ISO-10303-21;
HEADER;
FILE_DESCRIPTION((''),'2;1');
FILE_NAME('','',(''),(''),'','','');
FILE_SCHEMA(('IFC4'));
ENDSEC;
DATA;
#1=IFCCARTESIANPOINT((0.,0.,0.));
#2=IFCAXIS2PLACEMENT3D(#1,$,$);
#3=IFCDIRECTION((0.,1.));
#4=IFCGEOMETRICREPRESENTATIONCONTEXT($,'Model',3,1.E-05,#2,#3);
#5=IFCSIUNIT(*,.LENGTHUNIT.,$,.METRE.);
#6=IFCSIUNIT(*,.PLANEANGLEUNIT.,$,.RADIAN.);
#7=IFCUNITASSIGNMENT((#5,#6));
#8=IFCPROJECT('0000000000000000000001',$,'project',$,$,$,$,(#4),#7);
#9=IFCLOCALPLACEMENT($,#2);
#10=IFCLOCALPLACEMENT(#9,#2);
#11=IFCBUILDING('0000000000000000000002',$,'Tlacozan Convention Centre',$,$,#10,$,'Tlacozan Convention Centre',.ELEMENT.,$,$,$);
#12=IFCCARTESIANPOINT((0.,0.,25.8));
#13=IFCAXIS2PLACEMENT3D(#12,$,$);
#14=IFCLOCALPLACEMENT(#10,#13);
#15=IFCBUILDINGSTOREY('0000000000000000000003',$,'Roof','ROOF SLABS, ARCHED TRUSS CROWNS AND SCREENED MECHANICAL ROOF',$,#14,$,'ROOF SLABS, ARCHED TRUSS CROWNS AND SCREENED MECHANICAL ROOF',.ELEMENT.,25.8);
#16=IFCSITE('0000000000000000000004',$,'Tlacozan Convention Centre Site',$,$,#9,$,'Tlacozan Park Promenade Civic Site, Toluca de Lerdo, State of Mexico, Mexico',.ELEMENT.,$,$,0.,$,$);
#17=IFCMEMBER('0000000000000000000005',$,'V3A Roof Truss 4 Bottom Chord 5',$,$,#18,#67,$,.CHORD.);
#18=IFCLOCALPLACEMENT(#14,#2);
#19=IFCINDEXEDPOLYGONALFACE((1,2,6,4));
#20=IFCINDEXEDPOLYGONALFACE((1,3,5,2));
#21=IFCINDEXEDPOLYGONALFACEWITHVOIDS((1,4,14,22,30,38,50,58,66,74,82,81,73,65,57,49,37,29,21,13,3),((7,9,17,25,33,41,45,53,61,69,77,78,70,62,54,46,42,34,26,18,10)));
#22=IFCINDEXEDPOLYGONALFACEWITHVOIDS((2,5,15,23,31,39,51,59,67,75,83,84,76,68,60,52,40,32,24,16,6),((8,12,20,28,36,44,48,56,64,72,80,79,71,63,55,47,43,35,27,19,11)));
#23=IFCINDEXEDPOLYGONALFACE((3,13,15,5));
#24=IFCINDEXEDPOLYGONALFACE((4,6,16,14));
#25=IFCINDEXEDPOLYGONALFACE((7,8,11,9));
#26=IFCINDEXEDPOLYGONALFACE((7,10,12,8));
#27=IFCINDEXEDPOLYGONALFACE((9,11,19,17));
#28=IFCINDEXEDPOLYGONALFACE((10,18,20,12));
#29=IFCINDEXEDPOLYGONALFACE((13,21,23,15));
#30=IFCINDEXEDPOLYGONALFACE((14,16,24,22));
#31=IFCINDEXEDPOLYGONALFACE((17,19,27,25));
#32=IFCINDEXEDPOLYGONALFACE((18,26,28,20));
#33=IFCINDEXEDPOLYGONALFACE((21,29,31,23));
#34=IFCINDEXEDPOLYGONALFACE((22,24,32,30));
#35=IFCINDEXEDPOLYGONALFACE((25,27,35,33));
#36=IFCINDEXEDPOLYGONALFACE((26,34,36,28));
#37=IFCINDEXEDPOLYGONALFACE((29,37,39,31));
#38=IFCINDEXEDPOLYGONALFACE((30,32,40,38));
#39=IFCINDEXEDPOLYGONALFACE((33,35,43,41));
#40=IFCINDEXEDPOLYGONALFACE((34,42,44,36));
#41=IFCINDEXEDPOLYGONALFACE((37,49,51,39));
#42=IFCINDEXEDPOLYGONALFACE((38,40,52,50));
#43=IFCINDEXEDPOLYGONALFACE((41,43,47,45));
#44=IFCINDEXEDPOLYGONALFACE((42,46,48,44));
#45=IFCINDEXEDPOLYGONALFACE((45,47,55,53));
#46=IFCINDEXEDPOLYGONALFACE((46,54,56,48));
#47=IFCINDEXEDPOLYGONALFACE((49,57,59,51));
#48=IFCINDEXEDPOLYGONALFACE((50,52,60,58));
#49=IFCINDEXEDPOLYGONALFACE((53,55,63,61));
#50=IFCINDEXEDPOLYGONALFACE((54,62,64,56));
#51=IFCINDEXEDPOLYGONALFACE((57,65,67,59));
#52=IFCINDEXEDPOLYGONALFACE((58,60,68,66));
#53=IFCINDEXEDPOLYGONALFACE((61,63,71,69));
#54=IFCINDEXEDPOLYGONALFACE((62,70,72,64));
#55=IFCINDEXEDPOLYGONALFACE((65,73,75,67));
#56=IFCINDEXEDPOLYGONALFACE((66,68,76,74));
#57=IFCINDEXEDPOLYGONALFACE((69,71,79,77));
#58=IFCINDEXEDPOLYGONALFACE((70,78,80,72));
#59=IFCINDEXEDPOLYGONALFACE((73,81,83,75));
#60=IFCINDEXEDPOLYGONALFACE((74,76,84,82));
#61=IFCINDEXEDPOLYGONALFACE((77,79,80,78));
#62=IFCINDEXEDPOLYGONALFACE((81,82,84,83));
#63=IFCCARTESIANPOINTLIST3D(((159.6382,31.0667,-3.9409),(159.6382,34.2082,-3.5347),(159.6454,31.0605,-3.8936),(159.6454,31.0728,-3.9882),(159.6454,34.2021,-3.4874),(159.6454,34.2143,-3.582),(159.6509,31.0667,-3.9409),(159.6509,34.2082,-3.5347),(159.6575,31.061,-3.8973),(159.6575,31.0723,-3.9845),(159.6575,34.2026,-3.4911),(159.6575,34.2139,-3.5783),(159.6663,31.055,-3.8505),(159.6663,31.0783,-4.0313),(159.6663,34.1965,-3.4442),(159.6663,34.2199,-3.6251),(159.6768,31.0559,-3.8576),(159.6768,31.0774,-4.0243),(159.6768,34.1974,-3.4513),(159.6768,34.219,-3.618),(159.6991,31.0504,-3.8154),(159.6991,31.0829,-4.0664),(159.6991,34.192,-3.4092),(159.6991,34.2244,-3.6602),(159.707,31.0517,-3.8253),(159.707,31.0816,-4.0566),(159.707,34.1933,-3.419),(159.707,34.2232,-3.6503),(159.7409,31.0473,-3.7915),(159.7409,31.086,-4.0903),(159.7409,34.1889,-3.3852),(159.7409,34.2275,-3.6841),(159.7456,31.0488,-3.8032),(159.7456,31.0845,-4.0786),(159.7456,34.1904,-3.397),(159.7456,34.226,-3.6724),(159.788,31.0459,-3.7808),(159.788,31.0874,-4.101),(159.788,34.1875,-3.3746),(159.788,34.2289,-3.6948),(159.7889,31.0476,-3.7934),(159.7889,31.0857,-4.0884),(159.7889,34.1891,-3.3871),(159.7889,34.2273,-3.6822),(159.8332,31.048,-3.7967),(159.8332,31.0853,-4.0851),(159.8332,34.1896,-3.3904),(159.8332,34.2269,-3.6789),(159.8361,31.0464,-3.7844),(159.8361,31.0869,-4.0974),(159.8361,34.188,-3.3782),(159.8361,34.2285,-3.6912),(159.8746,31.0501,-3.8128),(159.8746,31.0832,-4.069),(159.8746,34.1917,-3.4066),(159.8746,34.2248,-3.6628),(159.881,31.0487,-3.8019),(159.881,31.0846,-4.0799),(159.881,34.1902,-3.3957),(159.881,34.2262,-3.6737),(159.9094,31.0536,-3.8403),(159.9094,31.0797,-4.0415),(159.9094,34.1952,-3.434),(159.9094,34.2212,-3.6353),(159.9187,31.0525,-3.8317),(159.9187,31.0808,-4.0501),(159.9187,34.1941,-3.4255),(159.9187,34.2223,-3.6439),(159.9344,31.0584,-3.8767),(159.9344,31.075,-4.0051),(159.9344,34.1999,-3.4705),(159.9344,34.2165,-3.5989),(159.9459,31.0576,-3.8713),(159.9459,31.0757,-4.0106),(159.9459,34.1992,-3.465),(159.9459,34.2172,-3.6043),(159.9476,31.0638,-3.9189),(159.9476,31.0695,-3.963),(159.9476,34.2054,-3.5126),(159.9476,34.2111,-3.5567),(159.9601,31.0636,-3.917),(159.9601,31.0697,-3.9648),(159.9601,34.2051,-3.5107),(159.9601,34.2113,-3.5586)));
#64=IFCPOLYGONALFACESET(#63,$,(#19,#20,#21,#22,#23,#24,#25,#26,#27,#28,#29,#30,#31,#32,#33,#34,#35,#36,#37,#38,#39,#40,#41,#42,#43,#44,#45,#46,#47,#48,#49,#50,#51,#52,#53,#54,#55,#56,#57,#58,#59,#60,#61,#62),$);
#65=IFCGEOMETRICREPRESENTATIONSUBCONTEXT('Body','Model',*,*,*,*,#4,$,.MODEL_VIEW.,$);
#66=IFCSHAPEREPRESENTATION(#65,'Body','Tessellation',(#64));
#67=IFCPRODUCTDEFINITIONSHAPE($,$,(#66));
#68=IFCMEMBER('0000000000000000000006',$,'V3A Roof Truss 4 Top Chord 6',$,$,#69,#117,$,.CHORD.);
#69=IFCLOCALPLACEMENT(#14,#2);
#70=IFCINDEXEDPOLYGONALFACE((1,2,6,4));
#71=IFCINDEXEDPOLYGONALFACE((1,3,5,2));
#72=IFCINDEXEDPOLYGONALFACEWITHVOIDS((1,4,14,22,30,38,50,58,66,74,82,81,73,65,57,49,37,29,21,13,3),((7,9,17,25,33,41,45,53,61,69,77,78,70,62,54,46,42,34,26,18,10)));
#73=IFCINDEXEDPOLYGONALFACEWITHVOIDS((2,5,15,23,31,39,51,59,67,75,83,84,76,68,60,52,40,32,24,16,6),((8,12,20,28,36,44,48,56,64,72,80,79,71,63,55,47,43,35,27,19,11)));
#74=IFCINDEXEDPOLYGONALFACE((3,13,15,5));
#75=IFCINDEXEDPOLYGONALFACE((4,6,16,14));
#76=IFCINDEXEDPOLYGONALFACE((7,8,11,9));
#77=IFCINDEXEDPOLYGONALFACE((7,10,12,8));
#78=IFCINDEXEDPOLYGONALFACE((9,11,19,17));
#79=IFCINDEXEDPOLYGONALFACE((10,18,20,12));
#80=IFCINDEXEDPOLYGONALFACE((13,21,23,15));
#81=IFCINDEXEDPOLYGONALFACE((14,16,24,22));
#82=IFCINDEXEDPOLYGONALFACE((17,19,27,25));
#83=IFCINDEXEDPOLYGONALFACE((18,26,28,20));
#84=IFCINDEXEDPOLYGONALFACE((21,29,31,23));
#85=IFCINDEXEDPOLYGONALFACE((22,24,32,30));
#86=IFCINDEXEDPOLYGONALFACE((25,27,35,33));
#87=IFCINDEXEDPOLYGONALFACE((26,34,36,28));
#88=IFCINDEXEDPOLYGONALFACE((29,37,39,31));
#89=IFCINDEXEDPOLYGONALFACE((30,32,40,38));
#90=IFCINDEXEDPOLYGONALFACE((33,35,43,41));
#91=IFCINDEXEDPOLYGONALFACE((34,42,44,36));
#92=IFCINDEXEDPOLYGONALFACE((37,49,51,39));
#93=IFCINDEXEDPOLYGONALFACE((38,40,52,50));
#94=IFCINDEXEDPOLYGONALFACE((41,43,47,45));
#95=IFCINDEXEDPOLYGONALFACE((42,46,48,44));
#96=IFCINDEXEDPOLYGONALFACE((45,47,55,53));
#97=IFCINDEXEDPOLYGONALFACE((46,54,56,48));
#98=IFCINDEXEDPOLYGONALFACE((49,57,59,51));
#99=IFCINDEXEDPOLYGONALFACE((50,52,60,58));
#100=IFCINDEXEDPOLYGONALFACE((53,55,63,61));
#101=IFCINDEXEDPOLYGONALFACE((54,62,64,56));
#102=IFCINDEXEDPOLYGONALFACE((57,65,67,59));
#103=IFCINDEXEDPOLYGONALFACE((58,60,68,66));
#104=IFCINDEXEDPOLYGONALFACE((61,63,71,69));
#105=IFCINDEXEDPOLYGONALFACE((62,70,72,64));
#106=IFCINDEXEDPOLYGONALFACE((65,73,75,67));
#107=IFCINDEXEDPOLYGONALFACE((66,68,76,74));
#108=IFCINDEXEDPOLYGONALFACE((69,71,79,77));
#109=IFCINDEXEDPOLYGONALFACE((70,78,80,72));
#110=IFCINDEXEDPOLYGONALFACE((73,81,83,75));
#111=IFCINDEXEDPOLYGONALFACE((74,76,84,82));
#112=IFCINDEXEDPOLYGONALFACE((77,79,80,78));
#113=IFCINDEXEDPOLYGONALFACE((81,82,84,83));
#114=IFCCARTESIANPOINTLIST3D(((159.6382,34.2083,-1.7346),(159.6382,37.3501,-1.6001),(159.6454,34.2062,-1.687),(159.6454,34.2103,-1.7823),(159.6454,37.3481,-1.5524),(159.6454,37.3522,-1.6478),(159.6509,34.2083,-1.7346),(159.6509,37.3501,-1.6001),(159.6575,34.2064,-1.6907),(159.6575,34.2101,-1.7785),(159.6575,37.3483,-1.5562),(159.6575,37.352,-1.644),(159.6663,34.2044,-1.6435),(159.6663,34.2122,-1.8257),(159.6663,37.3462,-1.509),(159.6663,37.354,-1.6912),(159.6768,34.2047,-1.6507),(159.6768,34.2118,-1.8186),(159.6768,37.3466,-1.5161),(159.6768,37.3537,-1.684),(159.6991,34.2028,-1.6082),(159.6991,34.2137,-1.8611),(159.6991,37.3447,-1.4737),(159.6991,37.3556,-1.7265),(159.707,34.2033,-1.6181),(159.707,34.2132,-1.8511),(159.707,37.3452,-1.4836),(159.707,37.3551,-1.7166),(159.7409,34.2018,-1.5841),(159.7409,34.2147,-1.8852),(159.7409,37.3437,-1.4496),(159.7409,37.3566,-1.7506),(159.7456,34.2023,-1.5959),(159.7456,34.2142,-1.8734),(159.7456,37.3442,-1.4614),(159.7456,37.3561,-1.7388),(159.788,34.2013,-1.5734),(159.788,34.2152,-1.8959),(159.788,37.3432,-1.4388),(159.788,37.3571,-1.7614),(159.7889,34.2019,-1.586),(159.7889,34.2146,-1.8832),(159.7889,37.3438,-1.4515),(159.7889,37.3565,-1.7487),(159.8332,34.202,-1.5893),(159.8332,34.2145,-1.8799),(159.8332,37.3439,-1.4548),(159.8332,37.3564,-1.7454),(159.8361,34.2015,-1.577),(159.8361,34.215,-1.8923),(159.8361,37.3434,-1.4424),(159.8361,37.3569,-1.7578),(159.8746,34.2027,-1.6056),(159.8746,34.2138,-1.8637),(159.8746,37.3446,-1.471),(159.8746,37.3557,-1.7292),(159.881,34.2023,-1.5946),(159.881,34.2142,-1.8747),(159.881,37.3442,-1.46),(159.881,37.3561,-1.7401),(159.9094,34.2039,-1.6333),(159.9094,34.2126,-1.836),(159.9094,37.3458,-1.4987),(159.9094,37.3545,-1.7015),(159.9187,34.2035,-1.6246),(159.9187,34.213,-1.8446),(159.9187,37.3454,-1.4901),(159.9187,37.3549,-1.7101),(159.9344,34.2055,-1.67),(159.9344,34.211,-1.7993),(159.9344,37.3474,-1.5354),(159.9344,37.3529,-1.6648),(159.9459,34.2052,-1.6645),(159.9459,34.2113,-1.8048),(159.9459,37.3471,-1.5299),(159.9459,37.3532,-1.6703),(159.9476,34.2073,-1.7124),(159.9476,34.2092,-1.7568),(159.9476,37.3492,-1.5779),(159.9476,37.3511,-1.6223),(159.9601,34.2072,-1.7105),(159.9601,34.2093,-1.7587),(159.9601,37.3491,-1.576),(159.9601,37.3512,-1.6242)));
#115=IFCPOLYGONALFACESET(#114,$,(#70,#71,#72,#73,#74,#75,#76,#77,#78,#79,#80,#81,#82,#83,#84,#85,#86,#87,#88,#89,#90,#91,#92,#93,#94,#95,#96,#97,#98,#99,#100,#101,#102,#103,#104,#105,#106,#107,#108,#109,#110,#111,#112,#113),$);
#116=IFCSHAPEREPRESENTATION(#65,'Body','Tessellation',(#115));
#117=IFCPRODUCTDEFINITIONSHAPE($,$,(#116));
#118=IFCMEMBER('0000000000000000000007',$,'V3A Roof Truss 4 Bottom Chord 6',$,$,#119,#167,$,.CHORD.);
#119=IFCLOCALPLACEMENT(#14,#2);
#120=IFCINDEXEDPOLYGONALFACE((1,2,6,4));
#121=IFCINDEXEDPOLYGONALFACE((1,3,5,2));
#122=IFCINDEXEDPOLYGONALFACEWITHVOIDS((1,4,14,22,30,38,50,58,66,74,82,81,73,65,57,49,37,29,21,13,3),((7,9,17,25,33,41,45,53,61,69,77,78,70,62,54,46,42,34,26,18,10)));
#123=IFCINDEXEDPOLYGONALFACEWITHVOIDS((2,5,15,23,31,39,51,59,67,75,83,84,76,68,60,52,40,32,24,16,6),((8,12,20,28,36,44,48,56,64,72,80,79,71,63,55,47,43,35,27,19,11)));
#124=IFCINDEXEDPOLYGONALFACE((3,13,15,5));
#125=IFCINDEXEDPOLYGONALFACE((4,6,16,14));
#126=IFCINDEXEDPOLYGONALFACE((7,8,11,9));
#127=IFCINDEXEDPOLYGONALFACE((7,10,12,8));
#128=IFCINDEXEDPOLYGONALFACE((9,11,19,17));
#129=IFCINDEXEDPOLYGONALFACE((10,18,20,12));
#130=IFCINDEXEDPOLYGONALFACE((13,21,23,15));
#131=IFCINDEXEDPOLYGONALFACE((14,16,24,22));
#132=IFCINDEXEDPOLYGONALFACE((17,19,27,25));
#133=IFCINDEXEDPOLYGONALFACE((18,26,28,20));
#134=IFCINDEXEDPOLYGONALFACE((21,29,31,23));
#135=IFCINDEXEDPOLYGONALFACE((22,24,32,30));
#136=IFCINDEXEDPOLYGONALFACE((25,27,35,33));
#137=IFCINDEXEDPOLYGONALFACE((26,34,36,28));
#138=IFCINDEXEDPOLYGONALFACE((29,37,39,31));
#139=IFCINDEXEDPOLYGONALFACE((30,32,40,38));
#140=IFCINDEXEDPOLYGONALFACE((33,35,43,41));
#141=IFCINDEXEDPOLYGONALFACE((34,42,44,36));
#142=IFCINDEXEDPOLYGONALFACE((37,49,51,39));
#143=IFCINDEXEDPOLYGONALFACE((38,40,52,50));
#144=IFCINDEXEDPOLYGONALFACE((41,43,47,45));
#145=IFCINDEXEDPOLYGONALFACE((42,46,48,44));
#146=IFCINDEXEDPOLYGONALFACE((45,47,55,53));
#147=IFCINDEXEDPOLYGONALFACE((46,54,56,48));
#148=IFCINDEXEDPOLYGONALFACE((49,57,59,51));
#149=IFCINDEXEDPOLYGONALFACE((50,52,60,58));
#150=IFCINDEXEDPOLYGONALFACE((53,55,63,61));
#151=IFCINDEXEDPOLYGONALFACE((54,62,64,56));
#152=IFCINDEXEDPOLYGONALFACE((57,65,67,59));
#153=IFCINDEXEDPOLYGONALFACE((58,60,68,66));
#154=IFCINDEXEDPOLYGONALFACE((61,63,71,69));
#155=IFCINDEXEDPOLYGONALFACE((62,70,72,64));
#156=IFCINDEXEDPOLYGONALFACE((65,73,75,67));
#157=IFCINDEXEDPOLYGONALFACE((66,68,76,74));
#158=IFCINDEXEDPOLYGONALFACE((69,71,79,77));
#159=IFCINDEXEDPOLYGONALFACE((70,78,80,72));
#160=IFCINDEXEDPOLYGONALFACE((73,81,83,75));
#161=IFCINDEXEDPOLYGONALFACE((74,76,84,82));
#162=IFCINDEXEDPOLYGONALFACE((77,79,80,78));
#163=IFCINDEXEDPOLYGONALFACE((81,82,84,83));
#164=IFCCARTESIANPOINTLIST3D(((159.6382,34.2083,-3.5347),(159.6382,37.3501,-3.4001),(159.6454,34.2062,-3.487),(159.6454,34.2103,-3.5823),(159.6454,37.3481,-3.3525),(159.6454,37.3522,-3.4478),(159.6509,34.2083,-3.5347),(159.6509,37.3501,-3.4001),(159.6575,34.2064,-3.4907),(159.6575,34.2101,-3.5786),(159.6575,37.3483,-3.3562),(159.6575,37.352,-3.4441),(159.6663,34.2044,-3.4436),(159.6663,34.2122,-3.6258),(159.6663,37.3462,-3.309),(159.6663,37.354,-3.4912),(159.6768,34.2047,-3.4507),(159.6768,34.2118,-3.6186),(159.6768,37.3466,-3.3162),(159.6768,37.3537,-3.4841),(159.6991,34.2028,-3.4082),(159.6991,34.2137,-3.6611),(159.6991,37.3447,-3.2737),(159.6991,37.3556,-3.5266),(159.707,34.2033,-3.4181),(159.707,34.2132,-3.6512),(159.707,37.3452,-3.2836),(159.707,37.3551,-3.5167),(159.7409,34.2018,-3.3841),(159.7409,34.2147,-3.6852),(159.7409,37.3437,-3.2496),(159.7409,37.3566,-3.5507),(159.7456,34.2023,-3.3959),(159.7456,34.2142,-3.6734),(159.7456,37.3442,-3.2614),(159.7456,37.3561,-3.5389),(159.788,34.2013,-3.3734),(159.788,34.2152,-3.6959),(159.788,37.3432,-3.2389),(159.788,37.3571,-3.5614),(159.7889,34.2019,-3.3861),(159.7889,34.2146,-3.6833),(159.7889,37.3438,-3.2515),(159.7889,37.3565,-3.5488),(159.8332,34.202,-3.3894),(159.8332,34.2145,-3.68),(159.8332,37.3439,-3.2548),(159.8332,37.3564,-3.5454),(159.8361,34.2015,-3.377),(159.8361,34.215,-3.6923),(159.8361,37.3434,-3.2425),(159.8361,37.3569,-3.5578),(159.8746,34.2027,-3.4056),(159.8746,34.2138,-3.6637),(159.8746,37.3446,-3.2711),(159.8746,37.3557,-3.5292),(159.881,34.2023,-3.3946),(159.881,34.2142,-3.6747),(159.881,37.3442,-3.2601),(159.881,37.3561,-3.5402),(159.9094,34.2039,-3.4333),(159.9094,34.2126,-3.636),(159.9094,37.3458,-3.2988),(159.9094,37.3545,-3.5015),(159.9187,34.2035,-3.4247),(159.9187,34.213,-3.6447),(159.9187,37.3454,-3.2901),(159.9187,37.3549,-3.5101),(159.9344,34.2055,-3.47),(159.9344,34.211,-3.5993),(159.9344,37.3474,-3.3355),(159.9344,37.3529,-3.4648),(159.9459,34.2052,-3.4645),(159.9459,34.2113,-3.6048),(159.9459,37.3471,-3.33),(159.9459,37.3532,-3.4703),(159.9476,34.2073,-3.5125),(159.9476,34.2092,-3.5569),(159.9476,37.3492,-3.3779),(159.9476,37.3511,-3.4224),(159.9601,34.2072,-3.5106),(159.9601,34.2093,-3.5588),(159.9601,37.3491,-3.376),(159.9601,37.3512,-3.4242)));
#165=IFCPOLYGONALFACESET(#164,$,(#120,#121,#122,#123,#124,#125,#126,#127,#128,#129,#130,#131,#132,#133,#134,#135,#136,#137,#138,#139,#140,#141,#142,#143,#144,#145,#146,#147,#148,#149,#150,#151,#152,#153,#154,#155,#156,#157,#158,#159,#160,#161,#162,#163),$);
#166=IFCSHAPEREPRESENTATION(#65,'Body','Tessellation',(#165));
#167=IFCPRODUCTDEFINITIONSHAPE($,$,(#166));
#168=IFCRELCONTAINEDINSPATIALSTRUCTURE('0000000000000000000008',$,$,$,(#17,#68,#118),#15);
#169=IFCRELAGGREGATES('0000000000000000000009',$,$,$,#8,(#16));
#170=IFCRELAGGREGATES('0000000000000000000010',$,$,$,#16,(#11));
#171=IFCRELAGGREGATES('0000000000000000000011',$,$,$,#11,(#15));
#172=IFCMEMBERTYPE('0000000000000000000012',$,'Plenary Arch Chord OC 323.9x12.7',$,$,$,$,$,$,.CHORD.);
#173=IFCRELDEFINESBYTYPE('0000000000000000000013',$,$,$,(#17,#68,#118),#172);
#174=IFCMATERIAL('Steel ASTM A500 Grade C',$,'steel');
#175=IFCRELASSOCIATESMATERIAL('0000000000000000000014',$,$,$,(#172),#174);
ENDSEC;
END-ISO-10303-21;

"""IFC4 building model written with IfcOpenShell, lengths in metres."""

from ifc_helpers import new_model, si_unit, direction, frame, origin, origin_2d, place, context, subcontext, project, spatial, hollow_circle, extrude, material, material_profile, profile_set, type_object, element, save


model = new_model("IFC4")

# Units and contexts
model_context = context("Model", 3, precision=1e-05, world=origin(), true_north=direction((0.0, 1.0)))
body_context = subcontext(model_context, "Body", "Model", "MODEL_VIEW")
ifc_project = project(units=[si_unit("LENGTHUNIT", "METRE"), si_unit("PLANEANGLEUNIT", "RADIAN")], contexts=[model_context])

# Site, building, storey
site_placement = place(None, origin())
site = spatial("IfcSite", under=ifc_project, at=site_placement, Name="Tlacozan Convention Centre Site", LongName="Tlacozan Park Promenade Civic Site, Toluca de Lerdo, State of Mexico, Mexico", CompositionType="ELEMENT", RefElevation=0.0)
building_placement = place(site_placement, origin())
building = spatial("IfcBuilding", under=site, at=building_placement, Name="Tlacozan Convention Centre", LongName="Tlacozan Convention Centre", CompositionType="ELEMENT")
storey_placement = place(building_placement, frame((0.0, 0.0, 25.8)))
storey = spatial("IfcBuildingStorey", under=building, at=storey_placement, Name="Roof", Description="ROOF SLABS, ARCHED TRUSS CROWNS AND SCREENED MECHANICAL ROOF", LongName="ROOF SLABS, ARCHED TRUSS CROWNS AND SCREENED MECHANICAL ROOF", CompositionType="ELEMENT", Elevation=25.8)

# Members
ifc_material_1 = material(Name="Steel ASTM A500 Grade C", Category="steel")
ifc_material_profile_1 = material_profile(ifc_material_1, hollow_circle(Radius=0.1619, WallThickness=0.0127, at=origin_2d()), Name="OC 323.9x12.7")
ifc_profile_set_1 = profile_set([ifc_material_profile_1], Name="Steel ASTM A500 Grade C")
member_type_1 = type_object("IfcMemberType", Name="Plenary Arch Chord OC 323.9x12.7", PredefinedType="CHORD", material=ifc_profile_set_1)
for number, where, z_axis, x_axis, name in (
    (1, (159.8, 31.0667, -3.9409), (0.0, 0.991742, 0.128245), (-1.0, 0.0, 0.0), "V3A Roof Truss 4 Bottom Chord 5"),
):
    element("IfcMember", number, at=place(storey_placement, frame(where, z_axis=z_axis, x_axis=x_axis)), inside=storey, type_object=member_type_1, Name=name, PredefinedType="CHORD", context=body_context, shape_type="SweptSolid", body=[
        extrude(hollow_circle(Radius=0.1619, WallThickness=0.0127, at=origin_2d()), origin(), (0.0, 0.0, 1.0), 3.1677),
    ])
for number, where, z_axis, x_axis, name in (
    (2, (159.8, 34.2083, -1.7346), (0.0, 0.999085, 0.042777), (-1.0, 0.0, 0.0), "V3A Roof Truss 4 Top Chord 6"),
    (3, (159.8, 34.2083, -3.5347), (0.0, 0.999085, 0.042777), (-1.0, 0.0, 0.0), "V3A Roof Truss 4 Bottom Chord 6"),
):
    element("IfcMember", number, at=place(storey_placement, frame(where, z_axis=z_axis, x_axis=x_axis)), inside=storey, type_object=member_type_1, Name=name, PredefinedType="CHORD", context=body_context, shape_type="SweptSolid", body=[
        extrude(hollow_circle(Radius=0.1619, WallThickness=0.0127, at=origin_2d()), origin(), (0.0, 0.0, 1.0), 3.1448),
    ])

save(model, "model.ifc")
